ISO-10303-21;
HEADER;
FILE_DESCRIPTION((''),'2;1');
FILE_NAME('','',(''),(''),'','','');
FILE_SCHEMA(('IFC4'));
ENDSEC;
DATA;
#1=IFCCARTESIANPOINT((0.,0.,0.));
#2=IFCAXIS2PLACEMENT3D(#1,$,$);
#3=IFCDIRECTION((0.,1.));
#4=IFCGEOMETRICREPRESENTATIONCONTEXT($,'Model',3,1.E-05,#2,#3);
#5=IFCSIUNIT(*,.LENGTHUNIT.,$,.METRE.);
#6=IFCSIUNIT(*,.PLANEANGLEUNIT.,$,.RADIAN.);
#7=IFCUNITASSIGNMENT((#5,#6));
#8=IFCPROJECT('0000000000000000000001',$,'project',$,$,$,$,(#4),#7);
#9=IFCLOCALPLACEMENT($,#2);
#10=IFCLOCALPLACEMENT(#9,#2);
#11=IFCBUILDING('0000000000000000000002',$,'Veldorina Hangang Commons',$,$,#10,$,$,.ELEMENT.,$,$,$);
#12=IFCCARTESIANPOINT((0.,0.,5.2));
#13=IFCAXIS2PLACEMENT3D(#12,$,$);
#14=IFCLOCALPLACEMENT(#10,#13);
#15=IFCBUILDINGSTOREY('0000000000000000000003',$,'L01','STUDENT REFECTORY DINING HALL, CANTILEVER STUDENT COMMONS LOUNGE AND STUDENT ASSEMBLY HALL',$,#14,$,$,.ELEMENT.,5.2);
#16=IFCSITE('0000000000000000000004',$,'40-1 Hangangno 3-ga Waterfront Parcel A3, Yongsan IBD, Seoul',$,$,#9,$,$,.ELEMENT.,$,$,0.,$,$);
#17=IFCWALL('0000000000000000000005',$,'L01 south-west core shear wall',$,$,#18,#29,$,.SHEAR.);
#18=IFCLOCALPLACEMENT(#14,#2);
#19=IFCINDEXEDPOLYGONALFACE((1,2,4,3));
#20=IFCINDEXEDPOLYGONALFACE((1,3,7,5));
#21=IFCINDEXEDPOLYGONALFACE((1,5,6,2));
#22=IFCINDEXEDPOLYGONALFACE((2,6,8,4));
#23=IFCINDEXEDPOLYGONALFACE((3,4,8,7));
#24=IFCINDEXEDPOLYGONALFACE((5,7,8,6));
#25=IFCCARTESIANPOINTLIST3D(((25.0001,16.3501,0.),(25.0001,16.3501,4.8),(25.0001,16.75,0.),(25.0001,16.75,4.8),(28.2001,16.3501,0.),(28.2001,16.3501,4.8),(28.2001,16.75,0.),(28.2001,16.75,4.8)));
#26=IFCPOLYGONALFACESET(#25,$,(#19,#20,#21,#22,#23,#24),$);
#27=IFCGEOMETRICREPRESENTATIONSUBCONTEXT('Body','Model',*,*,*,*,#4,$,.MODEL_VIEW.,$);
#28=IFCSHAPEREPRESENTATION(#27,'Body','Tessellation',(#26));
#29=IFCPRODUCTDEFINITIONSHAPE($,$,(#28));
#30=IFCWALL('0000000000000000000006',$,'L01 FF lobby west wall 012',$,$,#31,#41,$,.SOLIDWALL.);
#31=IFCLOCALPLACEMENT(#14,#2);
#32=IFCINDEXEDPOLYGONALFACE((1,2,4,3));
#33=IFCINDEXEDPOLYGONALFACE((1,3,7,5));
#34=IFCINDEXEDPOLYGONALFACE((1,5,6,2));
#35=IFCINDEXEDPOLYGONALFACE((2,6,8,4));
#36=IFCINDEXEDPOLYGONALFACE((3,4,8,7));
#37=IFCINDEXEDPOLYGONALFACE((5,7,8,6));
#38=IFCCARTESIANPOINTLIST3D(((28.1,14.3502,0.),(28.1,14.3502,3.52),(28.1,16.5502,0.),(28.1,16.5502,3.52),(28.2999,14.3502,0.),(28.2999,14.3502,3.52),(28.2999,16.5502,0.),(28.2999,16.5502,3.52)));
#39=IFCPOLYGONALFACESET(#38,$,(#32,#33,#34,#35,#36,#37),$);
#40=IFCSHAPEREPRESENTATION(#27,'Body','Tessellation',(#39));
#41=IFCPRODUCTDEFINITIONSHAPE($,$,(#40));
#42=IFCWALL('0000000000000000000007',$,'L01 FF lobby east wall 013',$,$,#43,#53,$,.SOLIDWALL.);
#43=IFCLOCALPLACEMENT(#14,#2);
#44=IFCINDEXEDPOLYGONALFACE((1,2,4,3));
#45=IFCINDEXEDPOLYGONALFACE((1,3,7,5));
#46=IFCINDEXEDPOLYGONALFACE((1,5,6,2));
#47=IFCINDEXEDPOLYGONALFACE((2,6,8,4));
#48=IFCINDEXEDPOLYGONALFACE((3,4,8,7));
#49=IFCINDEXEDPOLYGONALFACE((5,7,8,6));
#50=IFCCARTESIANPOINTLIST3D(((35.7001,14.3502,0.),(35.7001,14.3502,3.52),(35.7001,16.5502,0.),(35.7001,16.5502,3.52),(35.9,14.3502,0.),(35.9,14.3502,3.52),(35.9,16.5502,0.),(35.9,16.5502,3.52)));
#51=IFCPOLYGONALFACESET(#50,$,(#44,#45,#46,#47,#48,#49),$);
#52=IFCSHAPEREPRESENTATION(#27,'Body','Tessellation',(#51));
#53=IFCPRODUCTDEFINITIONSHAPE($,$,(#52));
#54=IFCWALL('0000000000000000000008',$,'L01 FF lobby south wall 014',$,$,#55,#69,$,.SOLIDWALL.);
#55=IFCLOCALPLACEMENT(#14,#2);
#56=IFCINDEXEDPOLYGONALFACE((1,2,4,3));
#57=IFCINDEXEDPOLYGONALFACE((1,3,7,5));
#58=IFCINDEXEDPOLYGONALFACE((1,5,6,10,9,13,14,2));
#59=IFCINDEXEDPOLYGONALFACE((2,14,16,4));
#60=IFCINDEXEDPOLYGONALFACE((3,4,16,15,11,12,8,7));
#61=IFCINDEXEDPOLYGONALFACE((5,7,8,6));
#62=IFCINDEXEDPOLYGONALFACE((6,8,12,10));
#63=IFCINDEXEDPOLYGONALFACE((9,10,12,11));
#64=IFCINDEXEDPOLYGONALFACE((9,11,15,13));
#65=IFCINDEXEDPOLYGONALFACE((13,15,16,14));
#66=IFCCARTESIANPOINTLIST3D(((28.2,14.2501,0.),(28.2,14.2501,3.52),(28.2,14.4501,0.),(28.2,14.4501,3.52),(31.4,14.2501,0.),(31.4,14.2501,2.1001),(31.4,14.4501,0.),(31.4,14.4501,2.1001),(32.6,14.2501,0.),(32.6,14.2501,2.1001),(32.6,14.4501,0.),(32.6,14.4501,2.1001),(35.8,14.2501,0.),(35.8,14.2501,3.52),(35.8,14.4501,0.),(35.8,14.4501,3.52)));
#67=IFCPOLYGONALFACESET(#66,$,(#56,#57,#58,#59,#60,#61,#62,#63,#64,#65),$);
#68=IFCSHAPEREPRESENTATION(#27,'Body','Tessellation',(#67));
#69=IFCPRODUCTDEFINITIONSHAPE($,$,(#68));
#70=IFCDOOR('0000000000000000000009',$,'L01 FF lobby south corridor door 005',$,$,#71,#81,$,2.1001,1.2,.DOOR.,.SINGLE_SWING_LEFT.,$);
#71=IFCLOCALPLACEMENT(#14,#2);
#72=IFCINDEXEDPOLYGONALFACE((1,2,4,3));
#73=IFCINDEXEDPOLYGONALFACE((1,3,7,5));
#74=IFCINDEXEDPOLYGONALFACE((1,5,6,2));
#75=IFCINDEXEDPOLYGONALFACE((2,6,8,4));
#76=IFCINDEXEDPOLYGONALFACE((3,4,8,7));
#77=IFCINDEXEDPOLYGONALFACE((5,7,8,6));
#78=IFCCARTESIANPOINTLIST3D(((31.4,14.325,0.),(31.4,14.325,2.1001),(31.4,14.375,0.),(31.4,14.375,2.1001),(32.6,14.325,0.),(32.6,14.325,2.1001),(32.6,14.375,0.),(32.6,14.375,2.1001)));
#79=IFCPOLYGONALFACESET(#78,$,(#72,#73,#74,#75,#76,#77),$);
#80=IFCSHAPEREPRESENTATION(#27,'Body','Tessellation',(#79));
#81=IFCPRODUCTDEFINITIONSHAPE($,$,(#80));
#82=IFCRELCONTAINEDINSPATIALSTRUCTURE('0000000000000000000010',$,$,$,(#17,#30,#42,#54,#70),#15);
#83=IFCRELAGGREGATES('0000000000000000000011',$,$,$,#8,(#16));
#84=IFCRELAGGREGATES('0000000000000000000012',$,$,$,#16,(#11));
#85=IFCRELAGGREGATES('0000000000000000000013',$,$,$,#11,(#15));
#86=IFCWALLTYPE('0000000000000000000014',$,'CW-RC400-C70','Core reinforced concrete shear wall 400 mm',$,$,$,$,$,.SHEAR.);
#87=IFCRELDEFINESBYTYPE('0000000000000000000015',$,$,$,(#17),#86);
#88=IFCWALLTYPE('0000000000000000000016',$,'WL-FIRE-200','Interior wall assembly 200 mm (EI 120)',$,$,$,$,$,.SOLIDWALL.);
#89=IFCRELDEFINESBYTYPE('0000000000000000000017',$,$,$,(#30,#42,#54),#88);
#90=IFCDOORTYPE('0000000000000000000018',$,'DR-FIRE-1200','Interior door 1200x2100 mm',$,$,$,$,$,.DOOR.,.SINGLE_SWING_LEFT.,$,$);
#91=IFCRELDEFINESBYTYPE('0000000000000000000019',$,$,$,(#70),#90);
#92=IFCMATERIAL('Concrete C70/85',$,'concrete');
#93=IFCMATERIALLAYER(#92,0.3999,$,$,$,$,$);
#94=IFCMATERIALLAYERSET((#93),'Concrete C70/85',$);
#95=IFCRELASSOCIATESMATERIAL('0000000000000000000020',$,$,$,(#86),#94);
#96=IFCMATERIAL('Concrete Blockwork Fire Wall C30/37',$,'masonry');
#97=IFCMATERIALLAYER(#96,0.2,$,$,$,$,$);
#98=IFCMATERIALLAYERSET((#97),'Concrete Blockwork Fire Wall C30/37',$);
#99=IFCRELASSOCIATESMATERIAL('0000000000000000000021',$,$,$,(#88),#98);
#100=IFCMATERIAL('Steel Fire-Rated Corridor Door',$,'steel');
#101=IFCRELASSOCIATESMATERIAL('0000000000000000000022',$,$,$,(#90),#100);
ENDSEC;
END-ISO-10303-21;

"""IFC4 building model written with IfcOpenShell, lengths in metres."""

from ifc_helpers import new_model, si_unit, direction, frame, frame_2d, origin, place, context, subcontext, project, spatial, rectangle, extrude, material, layer, layer_set, type_object, element, fill, save


model = new_model("IFC4")

# Units and contexts
model_context = context("Model", 3, precision=1e-05, world=origin(), true_north=direction((0.0, 1.0)))
body_context = subcontext(model_context, "Body", "Model", "MODEL_VIEW")
ifc_project = project(units=[si_unit("LENGTHUNIT", "METRE"), si_unit("PLANEANGLEUNIT", "RADIAN")], contexts=[model_context])

# Site, building, storey
site_placement = place(None, origin())
site = spatial("IfcSite", under=ifc_project, at=site_placement, Name="40-1 Hangangno 3-ga Waterfront Parcel A3, Yongsan IBD, Seoul", CompositionType="ELEMENT", RefElevation=0.0)
building_placement = place(site_placement, origin())
building = spatial("IfcBuilding", under=site, at=building_placement, Name="Veldorina Hangang Commons", CompositionType="ELEMENT")
storey_placement = place(building_placement, frame((0.0, 0.0, 5.2)))
storey = spatial("IfcBuildingStorey", under=building, at=storey_placement, Name="L01", Description="STUDENT REFECTORY DINING HALL, CANTILEVER STUDENT COMMONS LOUNGE AND STUDENT ASSEMBLY HALL", CompositionType="ELEMENT", Elevation=5.2)

# Shared definitions
ifc_material_1 = material(Name="Concrete C70/85", Category="concrete")

# Walls
ifc_layer_1 = layer(ifc_material_1, 0.3999)
ifc_layer_set_1 = layer_set([ifc_layer_1], Name="Concrete C70/85")
wall_type_1 = type_object("IfcWallType", Name="CW-RC400-C70", Description="Core reinforced concrete shear wall 400 mm", PredefinedType="SHEAR", material=ifc_layer_set_1)
wall_1_placement = place(storey_placement, frame((25.0, 16.55, 0.0), z_axis=(0.0, 0.0, 1.0), x_axis=(1.0, 0.0, 0.0)))
element("IfcWall", 1, at=wall_1_placement, inside=storey, type_object=wall_type_1, Name="L01 south-west core shear wall", PredefinedType="SHEAR", context=body_context, shape_type="SweptSolid", body=[
    extrude(rectangle(XDim=3.2, YDim=0.3999, at=frame_2d((1.6001, 0.0))), origin(), (0.0, 0.0, 1.0), 4.8),
])
ifc_material_2 = material(Name="Concrete Blockwork Fire Wall C30/37", Category="masonry")
ifc_layer_2 = layer(ifc_material_2, 0.2)
ifc_layer_set_2 = layer_set([ifc_layer_2], Name="Concrete Blockwork Fire Wall C30/37")
wall_type_2 = type_object("IfcWallType", Name="WL-FIRE-200", Description="Interior wall assembly 200 mm (EI 120)", PredefinedType="SOLIDWALL", material=ifc_layer_set_2)
for number, where, z_axis, x_axis, name in (
    (2, (28.2, 14.3501, 0.0), (0.0, 0.0, 1.0), (0.0, 1.0, 0.0), "L01 FF lobby west wall 012"),
    (3, (35.8, 14.3501, 0.0), (0.0, 0.0, 1.0), (0.0, 1.0, 0.0), "L01 FF lobby east wall 013"),
):
    element("IfcWall", number, at=place(storey_placement, frame(where, z_axis=z_axis, x_axis=x_axis)), inside=storey, type_object=wall_type_2, Name=name, PredefinedType="SOLIDWALL", context=body_context, shape_type="SweptSolid", body=[
        extrude(rectangle(XDim=2.2, YDim=0.2, at=frame_2d((1.1001, 0.0))), origin(), (0.0, 0.0, 1.0), 3.52),
    ])

# Wall, opening, door
wall_2_placement = place(storey_placement, frame((28.2, 14.3501, 0.0), z_axis=(0.0, 0.0, 1.0), x_axis=(1.0, 0.0, 0.0)))
wall_2 = element("IfcWall", 4, at=wall_2_placement, inside=storey, type_object=wall_type_2, Name="L01 FF lobby south wall 014", PredefinedType="SOLIDWALL", context=body_context, shape_type="SweptSolid", body=[
    extrude(rectangle(XDim=7.6001, YDim=0.2, at=frame_2d((3.8, 0.0))), origin(), (0.0, 0.0, 1.0), 3.52),
])
opening_placement = place(wall_2_placement, frame((3.2, 0.0, 0.0)))
opening = element("IfcOpeningElement", 5, at=opening_placement, cuts=wall_2, PredefinedType="OPENING", context=body_context, shape_type="SweptSolid", body=[
    extrude(rectangle(XDim=1.2, YDim=2.1001, at=frame_2d((0.6001, 1.05))), frame((0.0, 0.1099, 0.0), z_axis=(0.0, -1.0, 0.0), x_axis=(1.0, 0.0, 0.0)), (0.0, 0.0, 1.0), 0.22),
])
ifc_material_3 = material(Name="Steel Fire-Rated Corridor Door", Category="steel")
door_type = type_object("IfcDoorType", Name="DR-FIRE-1200", Description="Interior door 1200x2100 mm", OperationType="SINGLE_SWING_LEFT", PredefinedType="DOOR", material=ifc_material_3)
door_placement = place(opening_placement, origin())
door = element("IfcDoor", 6, at=door_placement, inside=storey, type_object=door_type, Name="L01 FF lobby south corridor door 005", OperationType="SINGLE_SWING_LEFT", OverallHeight=2.1001, OverallWidth=1.2, PredefinedType="DOOR", context=body_context, shape_type="SweptSolid", body=[
    extrude(rectangle(XDim=1.2, YDim=2.1001, at=frame_2d((0.6001, 1.05))), frame((0.0, 0.0249, 0.0), z_axis=(0.0, -1.0, 0.0), x_axis=(1.0, 0.0, 0.0)), (0.0, 0.0, 1.0), 0.05),
])
fill(opening, door)

save(model, "model.ifc")
